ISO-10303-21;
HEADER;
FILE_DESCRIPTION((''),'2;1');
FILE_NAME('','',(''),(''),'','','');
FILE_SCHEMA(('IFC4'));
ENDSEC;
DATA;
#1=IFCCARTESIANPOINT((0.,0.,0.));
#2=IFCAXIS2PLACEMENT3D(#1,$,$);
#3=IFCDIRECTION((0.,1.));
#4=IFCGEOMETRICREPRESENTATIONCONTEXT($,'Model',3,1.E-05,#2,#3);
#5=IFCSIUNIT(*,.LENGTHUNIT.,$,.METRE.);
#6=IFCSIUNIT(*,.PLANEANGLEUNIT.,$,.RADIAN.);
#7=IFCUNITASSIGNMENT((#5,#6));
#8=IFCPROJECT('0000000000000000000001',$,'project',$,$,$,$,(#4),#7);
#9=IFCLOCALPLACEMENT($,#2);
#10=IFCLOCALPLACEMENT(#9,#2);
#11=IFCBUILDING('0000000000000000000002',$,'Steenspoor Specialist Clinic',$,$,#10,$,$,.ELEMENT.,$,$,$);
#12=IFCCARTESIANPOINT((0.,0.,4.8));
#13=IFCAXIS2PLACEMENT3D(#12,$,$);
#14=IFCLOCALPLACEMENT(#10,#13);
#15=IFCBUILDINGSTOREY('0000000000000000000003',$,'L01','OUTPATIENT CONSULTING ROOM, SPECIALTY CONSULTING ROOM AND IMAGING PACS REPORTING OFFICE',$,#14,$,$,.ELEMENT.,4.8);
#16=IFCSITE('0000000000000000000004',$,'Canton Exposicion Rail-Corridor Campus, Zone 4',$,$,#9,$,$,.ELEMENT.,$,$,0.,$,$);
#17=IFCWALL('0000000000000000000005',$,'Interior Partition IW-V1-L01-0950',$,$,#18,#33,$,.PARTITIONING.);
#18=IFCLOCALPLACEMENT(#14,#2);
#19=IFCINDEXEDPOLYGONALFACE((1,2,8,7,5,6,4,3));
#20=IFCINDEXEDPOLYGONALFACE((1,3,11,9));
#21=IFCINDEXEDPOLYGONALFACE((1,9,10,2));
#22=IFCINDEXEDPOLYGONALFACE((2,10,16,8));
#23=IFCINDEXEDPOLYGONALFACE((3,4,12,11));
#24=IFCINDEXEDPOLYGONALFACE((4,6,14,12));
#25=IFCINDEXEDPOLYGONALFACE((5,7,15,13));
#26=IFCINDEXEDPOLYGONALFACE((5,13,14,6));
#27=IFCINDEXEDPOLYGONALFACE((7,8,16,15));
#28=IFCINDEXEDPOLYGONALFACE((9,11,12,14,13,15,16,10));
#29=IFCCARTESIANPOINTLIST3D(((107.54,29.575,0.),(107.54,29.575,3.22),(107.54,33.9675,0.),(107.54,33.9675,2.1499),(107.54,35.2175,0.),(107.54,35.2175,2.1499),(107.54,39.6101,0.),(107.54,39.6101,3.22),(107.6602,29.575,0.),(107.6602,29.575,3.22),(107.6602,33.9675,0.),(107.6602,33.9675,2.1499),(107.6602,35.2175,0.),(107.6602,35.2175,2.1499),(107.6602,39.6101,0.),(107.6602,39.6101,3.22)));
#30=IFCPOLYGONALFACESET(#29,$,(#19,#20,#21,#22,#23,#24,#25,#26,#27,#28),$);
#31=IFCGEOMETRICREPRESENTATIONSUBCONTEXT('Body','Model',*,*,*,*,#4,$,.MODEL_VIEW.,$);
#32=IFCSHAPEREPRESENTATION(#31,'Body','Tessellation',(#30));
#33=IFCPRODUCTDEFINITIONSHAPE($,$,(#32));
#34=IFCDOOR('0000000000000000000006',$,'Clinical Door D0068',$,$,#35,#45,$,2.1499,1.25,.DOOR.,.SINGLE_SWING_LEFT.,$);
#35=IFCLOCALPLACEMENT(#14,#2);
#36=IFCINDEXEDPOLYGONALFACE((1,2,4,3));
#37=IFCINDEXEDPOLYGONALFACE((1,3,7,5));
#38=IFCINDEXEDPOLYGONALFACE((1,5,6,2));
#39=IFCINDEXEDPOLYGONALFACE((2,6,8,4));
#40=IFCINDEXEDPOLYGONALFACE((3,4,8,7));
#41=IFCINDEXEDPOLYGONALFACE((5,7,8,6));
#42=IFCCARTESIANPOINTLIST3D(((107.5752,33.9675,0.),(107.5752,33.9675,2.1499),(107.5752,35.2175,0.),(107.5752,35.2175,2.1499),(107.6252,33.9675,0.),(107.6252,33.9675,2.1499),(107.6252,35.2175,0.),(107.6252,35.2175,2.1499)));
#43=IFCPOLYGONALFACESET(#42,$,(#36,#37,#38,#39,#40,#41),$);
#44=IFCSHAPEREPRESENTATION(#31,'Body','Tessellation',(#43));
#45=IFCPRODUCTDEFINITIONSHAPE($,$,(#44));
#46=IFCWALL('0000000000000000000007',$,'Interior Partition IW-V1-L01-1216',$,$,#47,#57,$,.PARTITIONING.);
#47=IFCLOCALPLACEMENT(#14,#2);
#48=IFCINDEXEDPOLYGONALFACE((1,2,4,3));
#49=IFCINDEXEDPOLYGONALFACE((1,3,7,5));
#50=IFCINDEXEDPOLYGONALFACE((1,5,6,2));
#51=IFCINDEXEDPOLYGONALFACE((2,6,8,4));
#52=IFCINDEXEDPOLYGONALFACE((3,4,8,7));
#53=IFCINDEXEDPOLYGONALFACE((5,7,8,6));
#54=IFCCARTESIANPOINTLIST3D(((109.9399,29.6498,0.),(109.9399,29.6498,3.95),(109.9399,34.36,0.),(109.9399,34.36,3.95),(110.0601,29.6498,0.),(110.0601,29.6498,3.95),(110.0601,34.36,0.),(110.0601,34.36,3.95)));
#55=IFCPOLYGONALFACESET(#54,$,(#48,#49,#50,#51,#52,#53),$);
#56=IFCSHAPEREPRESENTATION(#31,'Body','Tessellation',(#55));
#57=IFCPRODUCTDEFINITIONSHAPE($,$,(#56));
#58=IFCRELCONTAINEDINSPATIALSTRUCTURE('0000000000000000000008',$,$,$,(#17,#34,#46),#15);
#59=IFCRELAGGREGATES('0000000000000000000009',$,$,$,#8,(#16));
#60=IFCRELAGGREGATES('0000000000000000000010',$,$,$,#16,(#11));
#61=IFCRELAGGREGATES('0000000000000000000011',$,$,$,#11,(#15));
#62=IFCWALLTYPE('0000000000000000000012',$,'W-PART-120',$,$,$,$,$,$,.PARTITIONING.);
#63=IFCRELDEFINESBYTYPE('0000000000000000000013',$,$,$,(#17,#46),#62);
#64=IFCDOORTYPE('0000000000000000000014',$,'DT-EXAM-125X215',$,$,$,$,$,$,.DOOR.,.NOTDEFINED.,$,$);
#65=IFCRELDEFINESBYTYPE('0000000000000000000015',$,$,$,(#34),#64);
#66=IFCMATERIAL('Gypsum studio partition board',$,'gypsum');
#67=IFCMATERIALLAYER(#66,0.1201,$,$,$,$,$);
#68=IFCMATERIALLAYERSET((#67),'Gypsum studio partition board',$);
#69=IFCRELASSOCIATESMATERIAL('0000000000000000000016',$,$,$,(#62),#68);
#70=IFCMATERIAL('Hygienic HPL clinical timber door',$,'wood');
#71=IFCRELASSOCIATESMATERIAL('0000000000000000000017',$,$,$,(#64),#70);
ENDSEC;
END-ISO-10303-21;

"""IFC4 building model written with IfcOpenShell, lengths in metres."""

from ifc_helpers import new_model, si_unit, direction, frame, frame_2d, origin, place, context, subcontext, project, spatial, rectangle, extrude, material, layer, layer_set, type_object, element, fill, save


model = new_model("IFC4")

# Units and contexts
model_context = context("Model", 3, precision=1e-05, world=origin(), true_north=direction((0.0, 1.0)))
body_context = subcontext(model_context, "Body", "Model", "MODEL_VIEW")
ifc_project = project(units=[si_unit("LENGTHUNIT", "METRE"), si_unit("PLANEANGLEUNIT", "RADIAN")], contexts=[model_context])

# Site, building, storey
site_placement = place(None, origin())
site = spatial("IfcSite", under=ifc_project, at=site_placement, Name="Canton Exposicion Rail-Corridor Campus, Zone 4", CompositionType="ELEMENT", RefElevation=0.0)
building_placement = place(site_placement, origin())
building = spatial("IfcBuilding", under=site, at=building_placement, Name="Steenspoor Specialist Clinic", CompositionType="ELEMENT")
storey_placement = place(building_placement, frame((0.0, 0.0, 4.8)))
storey = spatial("IfcBuildingStorey", under=building, at=storey_placement, Name="L01", Description="OUTPATIENT CONSULTING ROOM, SPECIALTY CONSULTING ROOM AND IMAGING PACS REPORTING OFFICE", CompositionType="ELEMENT", Elevation=4.8)

# Wall, opening, door
ifc_material_1 = material(Name="Gypsum studio partition board", Category="gypsum")
ifc_layer_1 = layer(ifc_material_1, 0.1201)
ifc_layer_set_1 = layer_set([ifc_layer_1], Name="Gypsum studio partition board")
wall_type_1 = type_object("IfcWallType", Name="W-PART-120", PredefinedType="PARTITIONING", material=ifc_layer_set_1)
wall_1_placement = place(storey_placement, frame((107.6001, 29.575, 0.0), z_axis=(0.0, 0.0, 1.0), x_axis=(0.0, 1.0, 0.0)))
wall_1 = element("IfcWall", 1, at=wall_1_placement, inside=storey, type_object=wall_type_1, Name="Interior Partition IW-V1-L01-0950", PredefinedType="PARTITIONING", context=body_context, shape_type="SweptSolid", body=[
    extrude(rectangle(XDim=10.0352, YDim=0.1201, at=frame_2d((5.0176, 0.0))), origin(), (0.0, 0.0, 1.0), 3.22),
])
opening_placement = place(wall_1_placement, frame((4.3926, 0.0, 0.0)))
opening = element("IfcOpeningElement", 2, at=opening_placement, cuts=wall_1, PredefinedType="OPENING", context=body_context, shape_type="SweptSolid", body=[
    extrude(rectangle(XDim=1.25, YDim=2.1499, at=frame_2d((0.625, 1.075))), frame((0.0, 0.0701, 0.0), z_axis=(0.0, -1.0, 0.0), x_axis=(1.0, 0.0, 0.0)), (0.0, 0.0, 1.0), 0.1401),
])
ifc_material_2 = material(Name="Hygienic HPL clinical timber door", Category="wood")
door_type = type_object("IfcDoorType", Name="DT-EXAM-125X215", OperationType="NOTDEFINED", PredefinedType="DOOR", material=ifc_material_2)
door_placement = place(opening_placement, origin())
door = element("IfcDoor", 3, at=door_placement, inside=storey, type_object=door_type, Name="Clinical Door D0068", OperationType="SINGLE_SWING_LEFT", OverallHeight=2.1499, OverallWidth=1.25, PredefinedType="DOOR", context=body_context, shape_type="SweptSolid", body=[
    extrude(rectangle(XDim=1.25, YDim=2.1499, at=frame_2d((0.625, 1.075))), frame((0.0, 0.0249, 0.0), z_axis=(0.0, -1.0, 0.0), x_axis=(1.0, 0.0, 0.0)), (0.0, 0.0, 1.0), 0.05),
])
fill(opening, door)

# Wall
wall_2_placement = place(storey_placement, frame((110.0, 29.6499, 0.0), z_axis=(0.0, 0.0, 1.0), x_axis=(0.0, 1.0, 0.0)))
element("IfcWall", 4, at=wall_2_placement, inside=storey, type_object=wall_type_1, Name="Interior Partition IW-V1-L01-1216", PredefinedType="PARTITIONING", context=body_context, shape_type="SweptSolid", body=[
    extrude(rectangle(XDim=4.7102, YDim=0.1201, at=frame_2d((2.355, 0.0))), origin(), (0.0, 0.0, 1.0), 3.95),
])

save(model, "model.ifc")
